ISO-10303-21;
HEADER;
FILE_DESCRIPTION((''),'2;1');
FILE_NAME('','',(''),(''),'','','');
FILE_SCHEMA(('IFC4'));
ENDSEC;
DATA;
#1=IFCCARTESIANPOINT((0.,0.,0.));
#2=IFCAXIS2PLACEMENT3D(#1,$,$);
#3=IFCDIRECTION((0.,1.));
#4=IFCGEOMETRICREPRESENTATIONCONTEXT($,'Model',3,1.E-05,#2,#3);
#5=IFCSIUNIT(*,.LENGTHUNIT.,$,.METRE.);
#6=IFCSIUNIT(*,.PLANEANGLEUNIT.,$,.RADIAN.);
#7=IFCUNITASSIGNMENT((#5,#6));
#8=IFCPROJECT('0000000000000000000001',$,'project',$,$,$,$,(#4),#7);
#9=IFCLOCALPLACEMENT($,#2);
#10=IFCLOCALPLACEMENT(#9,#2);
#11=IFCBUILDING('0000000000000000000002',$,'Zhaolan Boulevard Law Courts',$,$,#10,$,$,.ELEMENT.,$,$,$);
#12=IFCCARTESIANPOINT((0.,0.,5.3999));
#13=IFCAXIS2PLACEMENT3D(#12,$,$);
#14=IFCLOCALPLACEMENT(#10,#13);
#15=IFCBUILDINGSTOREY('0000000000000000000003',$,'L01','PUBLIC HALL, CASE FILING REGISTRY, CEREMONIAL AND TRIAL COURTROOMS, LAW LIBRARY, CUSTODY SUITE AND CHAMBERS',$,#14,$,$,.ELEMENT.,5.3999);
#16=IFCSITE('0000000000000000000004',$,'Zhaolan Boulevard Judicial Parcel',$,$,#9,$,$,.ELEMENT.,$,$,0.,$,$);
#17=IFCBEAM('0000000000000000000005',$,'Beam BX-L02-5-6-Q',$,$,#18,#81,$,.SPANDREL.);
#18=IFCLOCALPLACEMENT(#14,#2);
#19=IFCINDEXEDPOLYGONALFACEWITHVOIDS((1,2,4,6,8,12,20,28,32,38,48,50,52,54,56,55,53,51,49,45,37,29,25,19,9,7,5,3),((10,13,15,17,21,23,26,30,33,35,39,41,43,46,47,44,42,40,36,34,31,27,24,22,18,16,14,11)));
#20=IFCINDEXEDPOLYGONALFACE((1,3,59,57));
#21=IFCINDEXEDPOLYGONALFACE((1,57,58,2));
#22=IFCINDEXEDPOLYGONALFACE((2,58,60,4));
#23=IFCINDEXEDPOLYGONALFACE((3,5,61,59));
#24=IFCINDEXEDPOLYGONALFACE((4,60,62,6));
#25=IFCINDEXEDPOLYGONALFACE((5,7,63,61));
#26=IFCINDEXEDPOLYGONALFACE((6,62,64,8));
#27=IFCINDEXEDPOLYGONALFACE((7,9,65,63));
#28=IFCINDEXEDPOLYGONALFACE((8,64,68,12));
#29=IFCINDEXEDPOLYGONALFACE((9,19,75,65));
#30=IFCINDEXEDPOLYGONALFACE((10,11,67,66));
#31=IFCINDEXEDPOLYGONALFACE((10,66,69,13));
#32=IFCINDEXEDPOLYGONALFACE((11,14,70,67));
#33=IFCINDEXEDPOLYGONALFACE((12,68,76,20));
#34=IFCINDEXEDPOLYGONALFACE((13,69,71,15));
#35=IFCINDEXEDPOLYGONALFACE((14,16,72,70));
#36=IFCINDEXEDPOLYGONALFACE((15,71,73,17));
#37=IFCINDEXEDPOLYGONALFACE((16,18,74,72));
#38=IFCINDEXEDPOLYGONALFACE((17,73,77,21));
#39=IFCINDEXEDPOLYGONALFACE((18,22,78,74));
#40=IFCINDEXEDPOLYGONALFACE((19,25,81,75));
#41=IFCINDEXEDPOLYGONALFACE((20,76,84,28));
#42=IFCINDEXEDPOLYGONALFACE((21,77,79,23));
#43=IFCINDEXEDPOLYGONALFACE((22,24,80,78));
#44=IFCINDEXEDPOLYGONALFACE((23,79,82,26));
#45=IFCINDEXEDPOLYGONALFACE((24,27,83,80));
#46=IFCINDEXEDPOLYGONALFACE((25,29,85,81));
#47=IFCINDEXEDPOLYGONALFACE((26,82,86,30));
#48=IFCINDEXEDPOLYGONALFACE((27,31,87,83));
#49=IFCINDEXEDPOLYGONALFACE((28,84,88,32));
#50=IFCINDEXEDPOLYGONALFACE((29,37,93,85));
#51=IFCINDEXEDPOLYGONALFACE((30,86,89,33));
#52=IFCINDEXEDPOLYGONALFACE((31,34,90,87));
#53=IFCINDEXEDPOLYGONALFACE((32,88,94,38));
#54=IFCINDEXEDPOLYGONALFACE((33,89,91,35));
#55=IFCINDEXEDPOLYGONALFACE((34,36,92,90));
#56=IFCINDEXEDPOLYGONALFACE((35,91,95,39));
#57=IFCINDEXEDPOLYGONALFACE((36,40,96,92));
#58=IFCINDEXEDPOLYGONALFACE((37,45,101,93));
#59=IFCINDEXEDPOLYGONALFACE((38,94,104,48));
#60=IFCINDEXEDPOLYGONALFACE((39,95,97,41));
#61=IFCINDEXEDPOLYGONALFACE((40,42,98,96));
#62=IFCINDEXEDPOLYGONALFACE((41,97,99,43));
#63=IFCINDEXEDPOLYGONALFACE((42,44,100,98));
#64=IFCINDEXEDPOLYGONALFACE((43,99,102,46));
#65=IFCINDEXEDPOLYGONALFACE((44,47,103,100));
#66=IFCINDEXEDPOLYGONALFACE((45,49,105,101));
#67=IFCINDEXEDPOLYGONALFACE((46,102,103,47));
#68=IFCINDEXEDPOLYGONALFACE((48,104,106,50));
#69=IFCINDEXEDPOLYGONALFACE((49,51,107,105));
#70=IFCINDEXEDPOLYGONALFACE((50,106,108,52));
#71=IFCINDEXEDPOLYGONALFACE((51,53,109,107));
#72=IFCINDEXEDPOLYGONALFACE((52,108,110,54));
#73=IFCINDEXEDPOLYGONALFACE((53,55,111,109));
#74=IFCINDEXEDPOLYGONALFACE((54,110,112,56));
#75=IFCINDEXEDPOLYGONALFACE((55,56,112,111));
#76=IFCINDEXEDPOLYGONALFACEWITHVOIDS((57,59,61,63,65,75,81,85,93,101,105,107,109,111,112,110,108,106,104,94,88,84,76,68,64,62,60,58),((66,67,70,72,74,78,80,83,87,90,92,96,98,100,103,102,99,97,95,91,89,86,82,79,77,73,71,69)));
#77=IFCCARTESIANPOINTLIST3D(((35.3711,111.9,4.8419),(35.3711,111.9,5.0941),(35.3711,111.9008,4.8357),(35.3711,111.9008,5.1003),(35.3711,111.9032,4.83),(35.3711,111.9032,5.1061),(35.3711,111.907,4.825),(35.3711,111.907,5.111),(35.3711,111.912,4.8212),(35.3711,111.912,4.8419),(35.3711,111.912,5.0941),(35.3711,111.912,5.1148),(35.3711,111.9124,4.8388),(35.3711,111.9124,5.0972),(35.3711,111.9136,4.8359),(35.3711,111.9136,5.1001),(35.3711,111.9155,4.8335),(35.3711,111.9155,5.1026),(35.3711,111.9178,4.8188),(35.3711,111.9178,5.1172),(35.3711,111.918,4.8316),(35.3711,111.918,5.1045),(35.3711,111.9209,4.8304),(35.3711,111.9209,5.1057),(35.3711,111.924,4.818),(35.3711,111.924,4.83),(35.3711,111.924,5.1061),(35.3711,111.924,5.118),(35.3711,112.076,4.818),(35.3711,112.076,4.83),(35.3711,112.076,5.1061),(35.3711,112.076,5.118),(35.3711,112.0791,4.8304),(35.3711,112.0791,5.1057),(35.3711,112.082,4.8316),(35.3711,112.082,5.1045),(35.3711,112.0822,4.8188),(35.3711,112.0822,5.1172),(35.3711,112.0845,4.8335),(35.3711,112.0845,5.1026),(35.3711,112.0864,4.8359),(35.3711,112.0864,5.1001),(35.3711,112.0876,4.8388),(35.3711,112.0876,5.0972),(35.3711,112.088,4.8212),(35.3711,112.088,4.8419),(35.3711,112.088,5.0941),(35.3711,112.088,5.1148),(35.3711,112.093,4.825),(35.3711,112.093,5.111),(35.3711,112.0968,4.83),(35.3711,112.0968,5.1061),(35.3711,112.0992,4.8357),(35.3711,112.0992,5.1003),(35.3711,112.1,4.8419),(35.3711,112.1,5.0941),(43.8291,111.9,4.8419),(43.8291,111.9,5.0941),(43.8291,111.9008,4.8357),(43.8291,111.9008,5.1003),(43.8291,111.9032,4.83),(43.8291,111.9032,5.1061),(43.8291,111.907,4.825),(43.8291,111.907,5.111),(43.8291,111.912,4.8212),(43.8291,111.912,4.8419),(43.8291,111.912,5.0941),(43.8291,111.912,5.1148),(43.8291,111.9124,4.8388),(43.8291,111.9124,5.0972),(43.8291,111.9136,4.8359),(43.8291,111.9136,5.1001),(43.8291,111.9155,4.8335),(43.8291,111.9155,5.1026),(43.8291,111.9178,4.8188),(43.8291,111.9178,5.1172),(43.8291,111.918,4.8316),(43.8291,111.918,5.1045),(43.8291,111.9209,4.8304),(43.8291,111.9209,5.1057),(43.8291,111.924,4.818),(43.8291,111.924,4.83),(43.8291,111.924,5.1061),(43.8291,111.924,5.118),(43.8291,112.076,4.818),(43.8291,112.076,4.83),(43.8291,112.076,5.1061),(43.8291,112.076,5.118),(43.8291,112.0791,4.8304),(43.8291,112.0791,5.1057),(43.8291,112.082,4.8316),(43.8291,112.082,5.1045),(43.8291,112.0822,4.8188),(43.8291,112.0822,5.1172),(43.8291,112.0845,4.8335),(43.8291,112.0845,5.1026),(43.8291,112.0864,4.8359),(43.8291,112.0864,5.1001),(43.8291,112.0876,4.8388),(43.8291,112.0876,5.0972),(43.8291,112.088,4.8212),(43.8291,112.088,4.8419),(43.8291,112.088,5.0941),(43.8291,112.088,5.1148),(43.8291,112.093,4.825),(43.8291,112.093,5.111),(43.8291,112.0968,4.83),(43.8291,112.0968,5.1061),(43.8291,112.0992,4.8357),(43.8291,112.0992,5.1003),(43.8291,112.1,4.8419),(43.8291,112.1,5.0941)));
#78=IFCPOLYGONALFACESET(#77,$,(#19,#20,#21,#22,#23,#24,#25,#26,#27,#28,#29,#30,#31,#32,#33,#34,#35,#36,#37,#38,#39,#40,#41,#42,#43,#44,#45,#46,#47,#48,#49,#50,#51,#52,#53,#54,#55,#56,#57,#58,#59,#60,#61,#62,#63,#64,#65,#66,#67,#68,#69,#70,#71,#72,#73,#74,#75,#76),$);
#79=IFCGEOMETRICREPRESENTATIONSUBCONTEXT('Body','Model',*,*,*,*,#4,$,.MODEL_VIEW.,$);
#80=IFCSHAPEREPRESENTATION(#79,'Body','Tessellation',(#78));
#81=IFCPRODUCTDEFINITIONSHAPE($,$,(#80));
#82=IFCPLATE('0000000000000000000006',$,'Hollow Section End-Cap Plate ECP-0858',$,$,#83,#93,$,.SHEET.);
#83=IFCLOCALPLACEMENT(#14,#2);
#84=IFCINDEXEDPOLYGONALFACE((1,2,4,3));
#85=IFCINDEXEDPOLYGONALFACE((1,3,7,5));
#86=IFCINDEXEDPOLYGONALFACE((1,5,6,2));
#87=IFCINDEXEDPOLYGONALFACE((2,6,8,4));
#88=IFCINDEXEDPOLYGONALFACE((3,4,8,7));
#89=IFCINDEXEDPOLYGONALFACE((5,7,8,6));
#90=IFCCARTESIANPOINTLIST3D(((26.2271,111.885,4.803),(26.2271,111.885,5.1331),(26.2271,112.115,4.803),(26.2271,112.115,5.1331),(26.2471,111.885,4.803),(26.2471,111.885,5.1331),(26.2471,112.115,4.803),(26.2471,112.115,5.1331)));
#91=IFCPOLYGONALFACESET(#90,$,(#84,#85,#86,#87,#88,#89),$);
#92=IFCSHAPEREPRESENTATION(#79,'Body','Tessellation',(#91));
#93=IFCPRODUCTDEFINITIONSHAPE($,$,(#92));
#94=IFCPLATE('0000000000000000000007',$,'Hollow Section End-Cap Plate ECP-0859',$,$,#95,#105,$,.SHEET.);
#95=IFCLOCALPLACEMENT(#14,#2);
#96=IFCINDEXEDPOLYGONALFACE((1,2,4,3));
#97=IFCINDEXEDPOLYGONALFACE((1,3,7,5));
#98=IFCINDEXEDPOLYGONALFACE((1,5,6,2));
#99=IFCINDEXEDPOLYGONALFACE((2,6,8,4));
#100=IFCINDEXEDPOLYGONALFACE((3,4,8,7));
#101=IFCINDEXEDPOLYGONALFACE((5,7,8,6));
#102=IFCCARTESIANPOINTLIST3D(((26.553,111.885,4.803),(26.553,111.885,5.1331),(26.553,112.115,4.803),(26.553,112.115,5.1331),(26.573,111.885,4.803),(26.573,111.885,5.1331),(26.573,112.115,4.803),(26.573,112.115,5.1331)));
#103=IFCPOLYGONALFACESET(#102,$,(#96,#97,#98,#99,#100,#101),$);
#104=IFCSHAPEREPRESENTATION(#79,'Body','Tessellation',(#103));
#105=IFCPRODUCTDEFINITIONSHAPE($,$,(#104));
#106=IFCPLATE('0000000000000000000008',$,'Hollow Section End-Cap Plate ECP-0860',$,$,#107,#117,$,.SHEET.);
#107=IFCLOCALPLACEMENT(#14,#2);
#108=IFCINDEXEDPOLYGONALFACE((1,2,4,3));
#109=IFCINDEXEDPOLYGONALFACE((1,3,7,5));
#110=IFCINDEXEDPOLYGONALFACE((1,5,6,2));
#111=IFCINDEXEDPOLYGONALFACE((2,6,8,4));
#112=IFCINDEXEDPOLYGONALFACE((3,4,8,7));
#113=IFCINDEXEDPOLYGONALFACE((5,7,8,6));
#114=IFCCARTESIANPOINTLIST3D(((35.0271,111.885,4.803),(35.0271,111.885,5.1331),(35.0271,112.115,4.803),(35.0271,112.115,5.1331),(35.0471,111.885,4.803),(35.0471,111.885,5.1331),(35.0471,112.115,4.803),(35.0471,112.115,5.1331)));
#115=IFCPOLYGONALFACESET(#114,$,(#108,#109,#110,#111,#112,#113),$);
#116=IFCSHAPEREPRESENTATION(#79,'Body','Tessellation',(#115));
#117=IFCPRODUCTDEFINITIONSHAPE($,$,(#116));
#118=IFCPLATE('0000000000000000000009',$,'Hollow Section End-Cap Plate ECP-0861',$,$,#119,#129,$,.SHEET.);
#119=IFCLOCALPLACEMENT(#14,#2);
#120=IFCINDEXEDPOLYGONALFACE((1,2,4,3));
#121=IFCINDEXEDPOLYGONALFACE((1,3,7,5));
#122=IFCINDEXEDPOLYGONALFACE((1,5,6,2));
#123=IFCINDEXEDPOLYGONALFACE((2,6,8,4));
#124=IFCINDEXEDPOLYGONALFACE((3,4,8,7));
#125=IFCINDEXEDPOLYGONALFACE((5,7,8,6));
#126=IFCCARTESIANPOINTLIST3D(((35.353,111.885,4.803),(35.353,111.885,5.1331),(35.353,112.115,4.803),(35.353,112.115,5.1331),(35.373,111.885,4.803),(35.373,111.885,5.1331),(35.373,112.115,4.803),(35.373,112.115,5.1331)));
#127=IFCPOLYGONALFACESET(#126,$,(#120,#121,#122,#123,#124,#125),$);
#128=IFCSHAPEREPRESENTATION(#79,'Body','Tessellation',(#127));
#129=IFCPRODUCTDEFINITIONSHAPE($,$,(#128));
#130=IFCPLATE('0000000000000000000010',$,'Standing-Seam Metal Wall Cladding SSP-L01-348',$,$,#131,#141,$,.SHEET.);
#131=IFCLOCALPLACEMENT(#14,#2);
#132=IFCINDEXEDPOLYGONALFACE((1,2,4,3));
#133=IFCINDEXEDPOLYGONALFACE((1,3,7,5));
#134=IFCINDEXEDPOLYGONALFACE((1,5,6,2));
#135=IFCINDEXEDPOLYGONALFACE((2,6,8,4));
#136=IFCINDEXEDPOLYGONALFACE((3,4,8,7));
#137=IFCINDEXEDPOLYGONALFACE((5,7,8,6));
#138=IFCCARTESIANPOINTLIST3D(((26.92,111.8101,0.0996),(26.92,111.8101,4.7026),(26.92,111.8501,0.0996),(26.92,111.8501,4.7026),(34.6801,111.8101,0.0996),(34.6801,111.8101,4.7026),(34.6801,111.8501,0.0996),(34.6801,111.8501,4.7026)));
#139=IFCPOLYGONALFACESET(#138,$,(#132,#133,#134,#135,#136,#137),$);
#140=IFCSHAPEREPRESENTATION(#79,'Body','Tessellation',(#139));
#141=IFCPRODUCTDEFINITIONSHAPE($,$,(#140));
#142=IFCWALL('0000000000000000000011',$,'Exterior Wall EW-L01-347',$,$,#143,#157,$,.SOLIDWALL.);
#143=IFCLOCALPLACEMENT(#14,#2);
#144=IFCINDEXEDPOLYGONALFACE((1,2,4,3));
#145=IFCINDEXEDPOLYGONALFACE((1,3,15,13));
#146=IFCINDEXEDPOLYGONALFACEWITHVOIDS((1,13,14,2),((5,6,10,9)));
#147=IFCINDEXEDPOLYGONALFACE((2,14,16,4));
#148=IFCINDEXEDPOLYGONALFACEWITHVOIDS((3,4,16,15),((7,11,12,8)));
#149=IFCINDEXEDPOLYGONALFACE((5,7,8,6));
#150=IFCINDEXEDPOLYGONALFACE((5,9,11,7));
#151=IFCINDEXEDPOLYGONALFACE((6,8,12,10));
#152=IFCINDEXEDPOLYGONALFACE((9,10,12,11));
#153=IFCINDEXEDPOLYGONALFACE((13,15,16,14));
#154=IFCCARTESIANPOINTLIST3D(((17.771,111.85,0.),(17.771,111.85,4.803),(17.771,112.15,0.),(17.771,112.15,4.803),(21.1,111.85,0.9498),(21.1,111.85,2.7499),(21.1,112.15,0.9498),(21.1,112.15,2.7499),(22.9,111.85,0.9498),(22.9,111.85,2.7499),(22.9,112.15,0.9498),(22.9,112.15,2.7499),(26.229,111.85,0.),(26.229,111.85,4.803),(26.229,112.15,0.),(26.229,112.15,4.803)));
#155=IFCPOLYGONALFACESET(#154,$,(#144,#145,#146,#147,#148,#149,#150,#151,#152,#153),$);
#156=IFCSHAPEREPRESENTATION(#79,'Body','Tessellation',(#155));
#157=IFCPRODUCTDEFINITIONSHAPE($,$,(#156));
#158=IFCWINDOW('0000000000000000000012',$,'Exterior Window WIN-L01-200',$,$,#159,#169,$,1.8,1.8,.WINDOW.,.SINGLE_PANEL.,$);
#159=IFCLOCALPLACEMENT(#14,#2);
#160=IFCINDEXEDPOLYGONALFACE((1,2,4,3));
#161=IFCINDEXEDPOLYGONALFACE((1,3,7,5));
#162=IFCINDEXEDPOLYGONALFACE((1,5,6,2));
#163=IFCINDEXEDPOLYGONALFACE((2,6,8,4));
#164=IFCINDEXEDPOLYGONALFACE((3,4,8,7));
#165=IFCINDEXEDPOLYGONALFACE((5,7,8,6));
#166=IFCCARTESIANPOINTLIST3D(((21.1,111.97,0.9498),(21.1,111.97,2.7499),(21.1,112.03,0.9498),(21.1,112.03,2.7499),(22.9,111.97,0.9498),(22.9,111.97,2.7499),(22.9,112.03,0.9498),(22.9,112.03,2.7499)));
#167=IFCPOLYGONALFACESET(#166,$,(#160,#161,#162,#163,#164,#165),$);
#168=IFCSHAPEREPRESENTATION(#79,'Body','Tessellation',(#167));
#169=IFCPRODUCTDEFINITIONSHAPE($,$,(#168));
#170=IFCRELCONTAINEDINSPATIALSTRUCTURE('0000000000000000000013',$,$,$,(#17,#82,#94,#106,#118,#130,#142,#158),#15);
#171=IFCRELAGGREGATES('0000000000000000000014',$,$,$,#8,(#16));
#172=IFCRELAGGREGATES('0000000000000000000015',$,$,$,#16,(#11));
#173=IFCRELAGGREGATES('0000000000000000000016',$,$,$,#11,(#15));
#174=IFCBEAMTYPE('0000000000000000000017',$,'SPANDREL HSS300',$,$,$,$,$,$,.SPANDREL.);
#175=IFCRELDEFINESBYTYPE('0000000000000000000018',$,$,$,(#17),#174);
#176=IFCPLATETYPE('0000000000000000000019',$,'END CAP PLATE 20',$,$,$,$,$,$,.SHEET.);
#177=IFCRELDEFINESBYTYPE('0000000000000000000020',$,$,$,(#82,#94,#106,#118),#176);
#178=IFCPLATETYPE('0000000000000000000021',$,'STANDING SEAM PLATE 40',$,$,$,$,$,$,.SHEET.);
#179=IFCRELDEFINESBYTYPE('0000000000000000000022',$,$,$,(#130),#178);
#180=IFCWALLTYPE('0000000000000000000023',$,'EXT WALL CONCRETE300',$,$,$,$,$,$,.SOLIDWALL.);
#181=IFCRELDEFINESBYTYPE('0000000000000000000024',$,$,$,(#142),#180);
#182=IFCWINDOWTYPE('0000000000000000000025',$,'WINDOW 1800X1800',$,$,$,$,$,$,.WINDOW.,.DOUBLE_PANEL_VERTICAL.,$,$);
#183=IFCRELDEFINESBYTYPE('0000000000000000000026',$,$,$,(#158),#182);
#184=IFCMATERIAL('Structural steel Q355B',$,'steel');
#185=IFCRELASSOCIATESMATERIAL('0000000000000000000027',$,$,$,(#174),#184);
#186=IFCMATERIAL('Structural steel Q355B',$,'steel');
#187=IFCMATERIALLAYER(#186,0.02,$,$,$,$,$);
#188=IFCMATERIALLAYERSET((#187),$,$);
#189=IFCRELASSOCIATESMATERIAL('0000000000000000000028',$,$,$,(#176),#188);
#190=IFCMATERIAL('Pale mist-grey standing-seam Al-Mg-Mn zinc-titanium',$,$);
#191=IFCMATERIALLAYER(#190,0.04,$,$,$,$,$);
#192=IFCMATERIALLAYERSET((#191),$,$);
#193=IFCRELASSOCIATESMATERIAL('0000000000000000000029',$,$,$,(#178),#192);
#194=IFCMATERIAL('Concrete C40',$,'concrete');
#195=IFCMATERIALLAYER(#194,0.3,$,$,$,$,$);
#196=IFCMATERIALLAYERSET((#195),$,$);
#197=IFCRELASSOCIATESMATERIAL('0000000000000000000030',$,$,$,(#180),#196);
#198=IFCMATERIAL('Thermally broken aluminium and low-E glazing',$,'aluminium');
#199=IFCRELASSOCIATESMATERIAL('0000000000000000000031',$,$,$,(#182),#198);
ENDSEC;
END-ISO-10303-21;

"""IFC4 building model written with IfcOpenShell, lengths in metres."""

from ifc_helpers import new_model, si_unit, direction, frame, frame_2d, origin, origin_2d, place, context, subcontext, project, spatial, rectangle, hollow_rectangle, extrude, material, layer, layer_set, material_profile, profile_set, type_object, element, fill, save


model = new_model("IFC4")

# Units and contexts
model_context = context("Model", 3, precision=1e-05, world=origin(), true_north=direction((0.0, 1.0)))
body_context = subcontext(model_context, "Body", "Model", "MODEL_VIEW")
ifc_project = project(units=[si_unit("LENGTHUNIT", "METRE"), si_unit("PLANEANGLEUNIT", "RADIAN")], contexts=[model_context])

# Site, building, storey
site_placement = place(None, origin())
site = spatial("IfcSite", under=ifc_project, at=site_placement, Name="Zhaolan Boulevard Judicial Parcel", CompositionType="ELEMENT", RefElevation=0.0)
building_placement = place(site_placement, origin())
building = spatial("IfcBuilding", under=site, at=building_placement, Name="Zhaolan Boulevard Law Courts", CompositionType="ELEMENT")
storey_placement = place(building_placement, frame((0.0, 0.0, 5.3999)))
storey = spatial("IfcBuildingStorey", under=building, at=storey_placement, Name="L01", Description="PUBLIC HALL, CASE FILING REGISTRY, CEREMONIAL AND TRIAL COURTROOMS, LAW LIBRARY, CUSTODY SUITE AND CHAMBERS", CompositionType="ELEMENT", Elevation=5.3999)

# Beam
ifc_material_1 = material(Name="Structural steel Q355B", Category="steel")
ifc_material_profile_1 = material_profile(ifc_material_1, hollow_rectangle(XDim=0.2, YDim=0.3, WallThickness=0.012, InnerFilletRadius=0.012, OuterFilletRadius=0.0239, at=origin_2d()), Name="HSS300x200x12")
ifc_profile_set_1 = profile_set([ifc_material_profile_1], Name="Structural steel Q355B")
beam_type_1 = type_object("IfcBeamType", Name="SPANDREL HSS300", PredefinedType="SPANDREL", material=ifc_profile_set_1)
for number, where, z_axis, x_axis, name in (
    (1, (35.3711, 112.0, 4.968), (1.0, 0.0, 0.0), (0.0, 1.0, 0.0), "Beam BX-L02-5-6-Q"),
):
    element("IfcBeam", number, at=place(storey_placement, frame(where, z_axis=z_axis, x_axis=x_axis)), inside=storey, type_object=beam_type_1, Name=name, PredefinedType="SPANDREL", context=body_context, shape_type="SweptSolid", body=[
        extrude(hollow_rectangle(XDim=0.2, YDim=0.3, WallThickness=0.012, InnerFilletRadius=0.012, OuterFilletRadius=0.0239, at=origin_2d()), origin(), (0.0, 0.0, 1.0), 8.458),
    ])

# Plates
ifc_material_2 = material(Name="Structural steel Q355B", Category="steel")
ifc_layer_1 = layer(ifc_material_2, 0.02)
ifc_layer_set_1 = layer_set([ifc_layer_1])
plate_type_1 = type_object("IfcPlateType", Name="END CAP PLATE 20", PredefinedType="SHEET", material=ifc_layer_set_1)
for number, where, z_axis, x_axis, name in (
    (2, (26.2371, 112.0, 4.803), (0.0, 0.0, 1.0), (1.0, 0.0, 0.0), "Hollow Section End-Cap Plate ECP-0858"),
    (3, (26.563, 112.0, 4.803), (0.0, 0.0, 1.0), (1.0, 0.0, 0.0), "Hollow Section End-Cap Plate ECP-0859"),
    (4, (35.0371, 112.0, 4.803), (0.0, 0.0, 1.0), (1.0, 0.0, 0.0), "Hollow Section End-Cap Plate ECP-0860"),
    (5, (35.363, 112.0, 4.803), (0.0, 0.0, 1.0), (1.0, 0.0, 0.0), "Hollow Section End-Cap Plate ECP-0861"),
):
    element("IfcPlate", number, at=place(storey_placement, frame(where, z_axis=z_axis, x_axis=x_axis)), inside=storey, type_object=plate_type_1, Name=name, PredefinedType="SHEET", context=body_context, shape_type="SweptSolid", body=[
        extrude(rectangle(XDim=0.02, YDim=0.23, at=origin_2d()), origin(), (0.0, 0.0, 1.0), 0.3301),
    ])
ifc_material_3 = material(Name="Pale mist-grey standing-seam Al-Mg-Mn zinc-titanium")
ifc_layer_2 = layer(ifc_material_3, 0.04)
ifc_layer_set_2 = layer_set([ifc_layer_2])
plate_type_2 = type_object("IfcPlateType", Name="STANDING SEAM PLATE 40", PredefinedType="SHEET", material=ifc_layer_set_2)
plate_placement = place(storey_placement, frame((30.8, 111.8301, 0.0996), z_axis=(0.0, 0.0, 1.0), x_axis=(-1.0, 0.0, 0.0)))
element("IfcPlate", 6, at=plate_placement, inside=storey, type_object=plate_type_2, Name="Standing-Seam Metal Wall Cladding SSP-L01-348", PredefinedType="SHEET", context=body_context, shape_type="SweptSolid", body=[
    extrude(rectangle(XDim=7.76, YDim=0.04, at=origin_2d()), origin(), (0.0, 0.0, 1.0), 4.603),
])

# Wall, opening, window
ifc_material_4 = material(Name="Concrete C40", Category="concrete")
ifc_layer_3 = layer(ifc_material_4, 0.3)
ifc_layer_set_3 = layer_set([ifc_layer_3])
wall_type_1 = type_object("IfcWallType", Name="EXT WALL CONCRETE300", PredefinedType="SOLIDWALL", material=ifc_layer_set_3)
wall_1_placement = place(storey_placement, frame((26.229, 112.0, 0.0), z_axis=(0.0, 0.0, 1.0), x_axis=(-1.0, 0.0, 0.0)))
wall_1 = element("IfcWall", 7, at=wall_1_placement, inside=storey, type_object=wall_type_1, Name="Exterior Wall EW-L01-347", PredefinedType="SOLIDWALL", context=body_context, shape_type="SweptSolid", body=[
    extrude(rectangle(XDim=8.458, YDim=0.3, at=frame_2d((4.229, 0.0))), origin(), (0.0, 0.0, 1.0), 4.803),
])
opening_1_placement = place(wall_1_placement, frame((3.3291, 0.0, 0.95)))
opening_1 = element("IfcOpeningElement", 8, at=opening_1_placement, cuts=wall_1, PredefinedType="OPENING", context=body_context, shape_type="SweptSolid", body=[
    extrude(rectangle(XDim=1.8, YDim=1.8, at=frame_2d((0.8999, 0.8999))), frame((0.0, 0.1599, 0.0), z_axis=(0.0, -1.0, 0.0), x_axis=(1.0, 0.0, 0.0)), (0.0, 0.0, 1.0), 0.3201),
])
ifc_material_5 = material(Name="Thermally broken aluminium and low-E glazing", Category="aluminium")
window_type_1 = type_object("IfcWindowType", Name="WINDOW 1800X1800", PartitioningType="DOUBLE_PANEL_VERTICAL", PredefinedType="WINDOW", material=ifc_material_5)
window_1_placement = place(opening_1_placement, origin())
window_1 = element("IfcWindow", 9, at=window_1_placement, inside=storey, type_object=window_type_1, Name="Exterior Window WIN-L01-200", OverallHeight=1.8, OverallWidth=1.8, PartitioningType="SINGLE_PANEL", PredefinedType="WINDOW", context=body_context, shape_type="SweptSolid", body=[
    extrude(rectangle(XDim=1.8, YDim=1.8, at=frame_2d((0.8999, 0.8999))), frame((0.0, 0.03, 0.0), z_axis=(0.0, -1.0, 0.0), x_axis=(1.0, 0.0, 0.0)), (0.0, 0.0, 1.0), 0.0601),
])
fill(opening_1, window_1)

save(model, "model.ifc")
